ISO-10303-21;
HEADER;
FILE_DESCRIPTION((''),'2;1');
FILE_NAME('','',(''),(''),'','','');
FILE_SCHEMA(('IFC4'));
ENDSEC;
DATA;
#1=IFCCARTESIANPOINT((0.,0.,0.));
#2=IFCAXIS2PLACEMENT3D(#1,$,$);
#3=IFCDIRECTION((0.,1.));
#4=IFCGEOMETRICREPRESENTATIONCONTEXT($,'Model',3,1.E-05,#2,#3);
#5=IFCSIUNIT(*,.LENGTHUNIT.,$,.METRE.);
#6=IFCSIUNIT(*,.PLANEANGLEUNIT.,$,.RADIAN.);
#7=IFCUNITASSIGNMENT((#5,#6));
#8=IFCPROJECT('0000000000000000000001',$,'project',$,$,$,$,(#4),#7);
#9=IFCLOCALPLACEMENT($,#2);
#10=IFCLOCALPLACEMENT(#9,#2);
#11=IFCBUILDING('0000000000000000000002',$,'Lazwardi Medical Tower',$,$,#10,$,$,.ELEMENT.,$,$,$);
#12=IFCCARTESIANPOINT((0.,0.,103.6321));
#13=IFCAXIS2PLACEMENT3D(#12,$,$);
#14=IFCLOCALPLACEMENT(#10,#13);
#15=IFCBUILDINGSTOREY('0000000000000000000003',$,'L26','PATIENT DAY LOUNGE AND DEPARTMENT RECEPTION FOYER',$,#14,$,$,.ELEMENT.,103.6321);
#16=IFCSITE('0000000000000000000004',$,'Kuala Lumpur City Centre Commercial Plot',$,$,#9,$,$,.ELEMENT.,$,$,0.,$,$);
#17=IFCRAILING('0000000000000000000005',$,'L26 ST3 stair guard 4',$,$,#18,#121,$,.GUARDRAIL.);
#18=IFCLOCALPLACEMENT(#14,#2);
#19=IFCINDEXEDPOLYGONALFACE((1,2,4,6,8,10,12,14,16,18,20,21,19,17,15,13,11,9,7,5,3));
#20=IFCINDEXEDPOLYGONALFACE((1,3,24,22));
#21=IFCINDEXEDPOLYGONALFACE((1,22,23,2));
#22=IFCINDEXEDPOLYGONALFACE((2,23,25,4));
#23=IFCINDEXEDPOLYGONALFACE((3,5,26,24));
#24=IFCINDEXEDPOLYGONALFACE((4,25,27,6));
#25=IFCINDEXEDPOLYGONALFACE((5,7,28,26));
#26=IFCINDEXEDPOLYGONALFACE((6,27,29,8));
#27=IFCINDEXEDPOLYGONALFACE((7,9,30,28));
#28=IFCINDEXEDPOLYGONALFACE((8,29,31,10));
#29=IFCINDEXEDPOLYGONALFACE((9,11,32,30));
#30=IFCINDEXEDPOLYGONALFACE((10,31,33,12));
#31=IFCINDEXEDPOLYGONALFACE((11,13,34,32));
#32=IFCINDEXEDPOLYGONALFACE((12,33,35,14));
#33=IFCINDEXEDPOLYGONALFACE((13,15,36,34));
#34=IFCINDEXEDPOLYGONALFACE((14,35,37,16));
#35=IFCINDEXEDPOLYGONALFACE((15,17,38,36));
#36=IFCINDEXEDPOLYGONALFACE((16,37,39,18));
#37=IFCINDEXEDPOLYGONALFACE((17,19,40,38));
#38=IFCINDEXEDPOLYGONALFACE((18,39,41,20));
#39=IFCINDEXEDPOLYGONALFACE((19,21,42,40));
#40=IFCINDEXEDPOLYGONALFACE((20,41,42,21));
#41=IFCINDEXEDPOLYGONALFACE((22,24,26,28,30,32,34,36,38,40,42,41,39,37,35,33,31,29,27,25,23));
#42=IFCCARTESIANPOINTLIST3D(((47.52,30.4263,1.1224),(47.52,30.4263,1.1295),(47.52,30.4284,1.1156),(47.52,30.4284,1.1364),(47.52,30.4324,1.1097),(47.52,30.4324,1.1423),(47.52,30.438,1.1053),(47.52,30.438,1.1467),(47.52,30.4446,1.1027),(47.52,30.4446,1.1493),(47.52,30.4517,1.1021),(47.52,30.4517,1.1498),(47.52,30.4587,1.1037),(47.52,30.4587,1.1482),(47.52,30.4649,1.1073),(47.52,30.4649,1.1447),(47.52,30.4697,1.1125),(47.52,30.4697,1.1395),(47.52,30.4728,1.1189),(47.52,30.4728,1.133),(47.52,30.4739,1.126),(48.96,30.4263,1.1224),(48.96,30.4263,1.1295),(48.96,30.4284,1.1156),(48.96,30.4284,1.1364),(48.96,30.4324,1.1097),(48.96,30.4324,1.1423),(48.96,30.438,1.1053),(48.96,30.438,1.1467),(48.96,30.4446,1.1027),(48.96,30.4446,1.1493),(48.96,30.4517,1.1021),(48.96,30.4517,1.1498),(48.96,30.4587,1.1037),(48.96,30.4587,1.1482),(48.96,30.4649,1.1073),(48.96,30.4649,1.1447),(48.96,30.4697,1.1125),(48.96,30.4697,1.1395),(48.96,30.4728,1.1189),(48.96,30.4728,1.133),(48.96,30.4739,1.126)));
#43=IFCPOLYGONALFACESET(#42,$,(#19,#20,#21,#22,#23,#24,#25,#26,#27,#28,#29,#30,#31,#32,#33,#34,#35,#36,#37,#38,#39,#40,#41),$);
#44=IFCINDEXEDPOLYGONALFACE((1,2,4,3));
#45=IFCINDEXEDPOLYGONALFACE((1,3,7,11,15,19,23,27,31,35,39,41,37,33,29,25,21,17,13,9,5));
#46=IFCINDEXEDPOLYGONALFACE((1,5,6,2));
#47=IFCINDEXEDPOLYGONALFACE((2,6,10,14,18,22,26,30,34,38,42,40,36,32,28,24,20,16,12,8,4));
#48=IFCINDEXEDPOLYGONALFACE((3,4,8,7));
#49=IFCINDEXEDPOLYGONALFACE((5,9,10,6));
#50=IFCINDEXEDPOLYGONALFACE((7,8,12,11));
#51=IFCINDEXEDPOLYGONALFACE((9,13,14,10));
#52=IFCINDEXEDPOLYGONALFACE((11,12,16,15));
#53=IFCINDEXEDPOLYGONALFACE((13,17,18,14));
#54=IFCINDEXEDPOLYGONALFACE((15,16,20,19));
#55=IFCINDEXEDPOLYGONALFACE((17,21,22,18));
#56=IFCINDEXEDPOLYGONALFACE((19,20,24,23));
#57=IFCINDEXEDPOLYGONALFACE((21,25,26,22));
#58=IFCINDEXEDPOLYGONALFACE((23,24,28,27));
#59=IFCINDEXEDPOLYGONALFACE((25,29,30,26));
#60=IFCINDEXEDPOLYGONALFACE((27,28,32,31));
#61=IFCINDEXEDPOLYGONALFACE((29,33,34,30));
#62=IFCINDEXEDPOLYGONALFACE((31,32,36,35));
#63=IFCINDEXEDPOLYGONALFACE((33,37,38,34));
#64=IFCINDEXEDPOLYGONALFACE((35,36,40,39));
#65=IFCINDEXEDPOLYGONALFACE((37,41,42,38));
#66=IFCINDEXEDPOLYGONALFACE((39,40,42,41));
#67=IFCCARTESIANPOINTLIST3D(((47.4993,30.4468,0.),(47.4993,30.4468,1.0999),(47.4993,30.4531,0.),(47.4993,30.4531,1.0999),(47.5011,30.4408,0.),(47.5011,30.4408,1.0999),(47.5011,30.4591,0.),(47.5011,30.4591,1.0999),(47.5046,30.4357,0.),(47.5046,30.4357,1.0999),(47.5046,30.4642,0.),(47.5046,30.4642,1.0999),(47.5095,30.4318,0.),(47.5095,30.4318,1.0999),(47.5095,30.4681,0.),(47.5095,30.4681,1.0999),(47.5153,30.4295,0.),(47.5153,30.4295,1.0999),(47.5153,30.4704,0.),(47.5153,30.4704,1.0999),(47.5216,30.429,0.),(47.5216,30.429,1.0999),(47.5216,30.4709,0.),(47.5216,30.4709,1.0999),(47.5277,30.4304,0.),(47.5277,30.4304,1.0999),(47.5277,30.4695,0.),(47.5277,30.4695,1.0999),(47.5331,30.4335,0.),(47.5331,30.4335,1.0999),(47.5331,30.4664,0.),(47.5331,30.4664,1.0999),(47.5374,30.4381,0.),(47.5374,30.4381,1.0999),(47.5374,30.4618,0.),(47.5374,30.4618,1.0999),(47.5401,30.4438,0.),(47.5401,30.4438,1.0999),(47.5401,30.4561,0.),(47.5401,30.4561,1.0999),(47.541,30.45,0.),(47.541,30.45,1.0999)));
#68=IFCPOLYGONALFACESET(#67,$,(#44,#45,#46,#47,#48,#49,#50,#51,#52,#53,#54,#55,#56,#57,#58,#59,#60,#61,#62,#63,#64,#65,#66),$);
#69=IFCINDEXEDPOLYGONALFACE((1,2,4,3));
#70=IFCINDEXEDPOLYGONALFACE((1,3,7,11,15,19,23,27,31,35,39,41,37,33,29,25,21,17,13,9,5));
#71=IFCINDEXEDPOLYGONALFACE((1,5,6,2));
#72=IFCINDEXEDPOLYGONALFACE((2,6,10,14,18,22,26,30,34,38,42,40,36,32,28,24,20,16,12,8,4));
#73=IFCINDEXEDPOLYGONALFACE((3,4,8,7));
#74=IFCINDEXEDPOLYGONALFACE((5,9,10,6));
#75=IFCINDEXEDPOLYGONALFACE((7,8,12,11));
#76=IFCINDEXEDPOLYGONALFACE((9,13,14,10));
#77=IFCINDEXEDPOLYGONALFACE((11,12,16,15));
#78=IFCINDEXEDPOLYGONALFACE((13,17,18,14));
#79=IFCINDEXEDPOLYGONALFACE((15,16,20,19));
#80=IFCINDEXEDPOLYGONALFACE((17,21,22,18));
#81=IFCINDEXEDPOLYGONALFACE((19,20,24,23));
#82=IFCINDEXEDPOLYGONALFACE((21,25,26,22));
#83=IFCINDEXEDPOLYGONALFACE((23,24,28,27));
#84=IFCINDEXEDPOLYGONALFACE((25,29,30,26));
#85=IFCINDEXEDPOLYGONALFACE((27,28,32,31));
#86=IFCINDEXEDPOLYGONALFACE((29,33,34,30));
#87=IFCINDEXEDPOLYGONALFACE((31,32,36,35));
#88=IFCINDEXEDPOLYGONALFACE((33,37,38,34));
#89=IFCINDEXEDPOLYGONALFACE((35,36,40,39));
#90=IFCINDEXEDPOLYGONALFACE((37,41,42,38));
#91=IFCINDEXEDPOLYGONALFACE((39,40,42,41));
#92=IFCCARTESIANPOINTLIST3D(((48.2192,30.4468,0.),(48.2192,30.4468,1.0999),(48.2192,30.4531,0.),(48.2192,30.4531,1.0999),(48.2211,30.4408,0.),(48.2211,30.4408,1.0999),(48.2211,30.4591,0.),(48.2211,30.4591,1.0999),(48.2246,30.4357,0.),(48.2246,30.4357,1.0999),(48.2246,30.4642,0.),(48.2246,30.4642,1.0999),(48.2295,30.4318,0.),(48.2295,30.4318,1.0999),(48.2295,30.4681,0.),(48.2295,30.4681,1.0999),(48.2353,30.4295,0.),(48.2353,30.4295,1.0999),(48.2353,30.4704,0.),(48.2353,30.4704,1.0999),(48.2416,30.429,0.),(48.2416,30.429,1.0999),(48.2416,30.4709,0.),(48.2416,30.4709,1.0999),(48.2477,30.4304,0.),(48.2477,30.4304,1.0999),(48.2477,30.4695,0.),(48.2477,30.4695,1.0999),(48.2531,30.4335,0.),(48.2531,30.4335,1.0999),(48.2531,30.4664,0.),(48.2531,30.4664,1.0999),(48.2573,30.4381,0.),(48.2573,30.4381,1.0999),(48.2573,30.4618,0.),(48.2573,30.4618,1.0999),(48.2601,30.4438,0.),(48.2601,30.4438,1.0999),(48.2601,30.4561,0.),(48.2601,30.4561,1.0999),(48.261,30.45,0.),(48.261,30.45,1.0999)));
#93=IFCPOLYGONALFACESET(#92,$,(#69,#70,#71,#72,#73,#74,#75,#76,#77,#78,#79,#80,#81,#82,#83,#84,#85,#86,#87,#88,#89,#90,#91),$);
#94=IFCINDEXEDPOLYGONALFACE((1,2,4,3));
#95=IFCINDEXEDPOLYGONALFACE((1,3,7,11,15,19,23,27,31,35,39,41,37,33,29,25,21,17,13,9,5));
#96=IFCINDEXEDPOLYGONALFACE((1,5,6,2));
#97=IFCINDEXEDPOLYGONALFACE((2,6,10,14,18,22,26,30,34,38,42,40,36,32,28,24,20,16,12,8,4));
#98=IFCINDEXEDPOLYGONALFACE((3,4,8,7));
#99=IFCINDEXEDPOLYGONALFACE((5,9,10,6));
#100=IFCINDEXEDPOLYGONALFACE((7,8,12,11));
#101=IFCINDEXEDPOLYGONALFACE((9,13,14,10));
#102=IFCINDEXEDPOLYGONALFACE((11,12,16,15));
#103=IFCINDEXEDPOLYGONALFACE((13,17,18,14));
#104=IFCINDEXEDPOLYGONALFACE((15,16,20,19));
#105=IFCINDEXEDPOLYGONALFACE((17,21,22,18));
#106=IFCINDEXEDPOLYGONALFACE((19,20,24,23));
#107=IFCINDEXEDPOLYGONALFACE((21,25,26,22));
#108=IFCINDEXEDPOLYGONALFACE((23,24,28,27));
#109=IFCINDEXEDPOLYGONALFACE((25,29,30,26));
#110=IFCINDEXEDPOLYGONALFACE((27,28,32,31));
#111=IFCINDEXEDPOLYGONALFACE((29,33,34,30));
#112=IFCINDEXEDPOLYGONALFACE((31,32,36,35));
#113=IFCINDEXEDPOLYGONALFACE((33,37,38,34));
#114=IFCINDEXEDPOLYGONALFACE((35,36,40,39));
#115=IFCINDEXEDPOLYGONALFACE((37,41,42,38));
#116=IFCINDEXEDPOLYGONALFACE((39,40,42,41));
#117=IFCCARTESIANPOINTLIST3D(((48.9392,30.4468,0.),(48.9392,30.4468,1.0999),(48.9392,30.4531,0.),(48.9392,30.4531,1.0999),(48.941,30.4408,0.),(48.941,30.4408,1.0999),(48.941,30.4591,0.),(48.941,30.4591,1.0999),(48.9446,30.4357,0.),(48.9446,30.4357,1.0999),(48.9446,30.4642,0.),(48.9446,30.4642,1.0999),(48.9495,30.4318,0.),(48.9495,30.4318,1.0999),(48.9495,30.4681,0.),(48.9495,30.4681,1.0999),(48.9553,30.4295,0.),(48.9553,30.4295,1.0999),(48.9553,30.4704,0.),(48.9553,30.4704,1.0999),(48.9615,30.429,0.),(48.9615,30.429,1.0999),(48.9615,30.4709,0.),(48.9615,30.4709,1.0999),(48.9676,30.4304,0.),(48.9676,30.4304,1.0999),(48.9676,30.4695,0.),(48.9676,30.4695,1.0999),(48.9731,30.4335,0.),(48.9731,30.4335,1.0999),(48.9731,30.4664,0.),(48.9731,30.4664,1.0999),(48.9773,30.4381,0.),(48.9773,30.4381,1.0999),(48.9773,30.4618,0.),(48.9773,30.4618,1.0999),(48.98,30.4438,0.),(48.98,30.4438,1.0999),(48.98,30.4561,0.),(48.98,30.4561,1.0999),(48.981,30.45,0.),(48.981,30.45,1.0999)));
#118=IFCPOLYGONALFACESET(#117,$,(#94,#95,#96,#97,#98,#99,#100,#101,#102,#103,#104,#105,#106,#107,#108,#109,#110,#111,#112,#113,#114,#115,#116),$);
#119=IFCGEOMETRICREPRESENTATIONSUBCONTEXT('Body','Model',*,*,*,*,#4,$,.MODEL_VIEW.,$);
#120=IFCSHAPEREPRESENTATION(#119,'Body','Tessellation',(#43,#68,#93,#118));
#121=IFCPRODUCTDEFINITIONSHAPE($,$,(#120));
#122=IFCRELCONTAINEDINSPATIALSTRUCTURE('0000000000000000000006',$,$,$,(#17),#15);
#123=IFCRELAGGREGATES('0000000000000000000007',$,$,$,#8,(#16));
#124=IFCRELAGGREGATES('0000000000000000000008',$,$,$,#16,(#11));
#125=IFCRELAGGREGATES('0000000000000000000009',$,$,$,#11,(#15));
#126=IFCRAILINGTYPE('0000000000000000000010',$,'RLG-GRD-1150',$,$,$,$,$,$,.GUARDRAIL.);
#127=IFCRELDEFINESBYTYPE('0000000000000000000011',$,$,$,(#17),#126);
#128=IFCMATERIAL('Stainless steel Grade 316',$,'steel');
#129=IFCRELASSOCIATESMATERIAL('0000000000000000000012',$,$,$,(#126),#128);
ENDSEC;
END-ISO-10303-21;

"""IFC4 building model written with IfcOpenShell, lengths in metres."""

from ifc_helpers import new_model, si_unit, direction, frame, origin, origin_2d, place, context, subcontext, project, spatial, circle, extrude, material, type_object, element, save


model = new_model("IFC4")

# Units and contexts
model_context = context("Model", 3, precision=1e-05, world=origin(), true_north=direction((0.0, 1.0)))
body_context = subcontext(model_context, "Body", "Model", "MODEL_VIEW")
ifc_project = project(units=[si_unit("LENGTHUNIT", "METRE"), si_unit("PLANEANGLEUNIT", "RADIAN")], contexts=[model_context])

# Site, building, storey
site_placement = place(None, origin())
site = spatial("IfcSite", under=ifc_project, at=site_placement, Name="Kuala Lumpur City Centre Commercial Plot", CompositionType="ELEMENT", RefElevation=0.0)
building_placement = place(site_placement, origin())
building = spatial("IfcBuilding", under=site, at=building_placement, Name="Lazwardi Medical Tower", CompositionType="ELEMENT")
storey_placement = place(building_placement, frame((0.0, 0.0, 103.6321)))
storey = spatial("IfcBuildingStorey", under=building, at=storey_placement, Name="L26", Description="PATIENT DAY LOUNGE AND DEPARTMENT RECEPTION FOYER", CompositionType="ELEMENT", Elevation=103.6321)

# Railing
ifc_material_1 = material(Name="Stainless steel Grade 316", Category="steel")
railing_type_1 = type_object("IfcRailingType", Name="RLG-GRD-1150", PredefinedType="GUARDRAIL", material=ifc_material_1)
railing_1_placement = place(storey_placement, frame((47.52, 30.45, 0.0)))
element("IfcRailing", 1, at=railing_1_placement, inside=storey, type_object=railing_type_1, Name="L26 ST3 stair guard 4", PredefinedType="GUARDRAIL", context=body_context, shape_type="SweptSolid", body=[
    extrude(circle(Radius=0.0239, at=origin_2d()), frame((0.0, 0.0, 1.126), z_axis=(1.0, 0.0, 0.0), x_axis=(0.0, 1.0, 0.0)), (0.0, 0.0, 1.0), 1.4399),
    extrude(circle(Radius=0.021, at=origin_2d()), origin(), (0.0, 0.0, 1.0), 1.0999),
    extrude(circle(Radius=0.021, at=origin_2d()), frame((0.72, 0.0, 0.0)), (0.0, 0.0, 1.0), 1.0999),
    extrude(circle(Radius=0.021, at=origin_2d()), frame((1.4399, 0.0, 0.0)), (0.0, 0.0, 1.0), 1.0999),
])

save(model, "model.ifc")
